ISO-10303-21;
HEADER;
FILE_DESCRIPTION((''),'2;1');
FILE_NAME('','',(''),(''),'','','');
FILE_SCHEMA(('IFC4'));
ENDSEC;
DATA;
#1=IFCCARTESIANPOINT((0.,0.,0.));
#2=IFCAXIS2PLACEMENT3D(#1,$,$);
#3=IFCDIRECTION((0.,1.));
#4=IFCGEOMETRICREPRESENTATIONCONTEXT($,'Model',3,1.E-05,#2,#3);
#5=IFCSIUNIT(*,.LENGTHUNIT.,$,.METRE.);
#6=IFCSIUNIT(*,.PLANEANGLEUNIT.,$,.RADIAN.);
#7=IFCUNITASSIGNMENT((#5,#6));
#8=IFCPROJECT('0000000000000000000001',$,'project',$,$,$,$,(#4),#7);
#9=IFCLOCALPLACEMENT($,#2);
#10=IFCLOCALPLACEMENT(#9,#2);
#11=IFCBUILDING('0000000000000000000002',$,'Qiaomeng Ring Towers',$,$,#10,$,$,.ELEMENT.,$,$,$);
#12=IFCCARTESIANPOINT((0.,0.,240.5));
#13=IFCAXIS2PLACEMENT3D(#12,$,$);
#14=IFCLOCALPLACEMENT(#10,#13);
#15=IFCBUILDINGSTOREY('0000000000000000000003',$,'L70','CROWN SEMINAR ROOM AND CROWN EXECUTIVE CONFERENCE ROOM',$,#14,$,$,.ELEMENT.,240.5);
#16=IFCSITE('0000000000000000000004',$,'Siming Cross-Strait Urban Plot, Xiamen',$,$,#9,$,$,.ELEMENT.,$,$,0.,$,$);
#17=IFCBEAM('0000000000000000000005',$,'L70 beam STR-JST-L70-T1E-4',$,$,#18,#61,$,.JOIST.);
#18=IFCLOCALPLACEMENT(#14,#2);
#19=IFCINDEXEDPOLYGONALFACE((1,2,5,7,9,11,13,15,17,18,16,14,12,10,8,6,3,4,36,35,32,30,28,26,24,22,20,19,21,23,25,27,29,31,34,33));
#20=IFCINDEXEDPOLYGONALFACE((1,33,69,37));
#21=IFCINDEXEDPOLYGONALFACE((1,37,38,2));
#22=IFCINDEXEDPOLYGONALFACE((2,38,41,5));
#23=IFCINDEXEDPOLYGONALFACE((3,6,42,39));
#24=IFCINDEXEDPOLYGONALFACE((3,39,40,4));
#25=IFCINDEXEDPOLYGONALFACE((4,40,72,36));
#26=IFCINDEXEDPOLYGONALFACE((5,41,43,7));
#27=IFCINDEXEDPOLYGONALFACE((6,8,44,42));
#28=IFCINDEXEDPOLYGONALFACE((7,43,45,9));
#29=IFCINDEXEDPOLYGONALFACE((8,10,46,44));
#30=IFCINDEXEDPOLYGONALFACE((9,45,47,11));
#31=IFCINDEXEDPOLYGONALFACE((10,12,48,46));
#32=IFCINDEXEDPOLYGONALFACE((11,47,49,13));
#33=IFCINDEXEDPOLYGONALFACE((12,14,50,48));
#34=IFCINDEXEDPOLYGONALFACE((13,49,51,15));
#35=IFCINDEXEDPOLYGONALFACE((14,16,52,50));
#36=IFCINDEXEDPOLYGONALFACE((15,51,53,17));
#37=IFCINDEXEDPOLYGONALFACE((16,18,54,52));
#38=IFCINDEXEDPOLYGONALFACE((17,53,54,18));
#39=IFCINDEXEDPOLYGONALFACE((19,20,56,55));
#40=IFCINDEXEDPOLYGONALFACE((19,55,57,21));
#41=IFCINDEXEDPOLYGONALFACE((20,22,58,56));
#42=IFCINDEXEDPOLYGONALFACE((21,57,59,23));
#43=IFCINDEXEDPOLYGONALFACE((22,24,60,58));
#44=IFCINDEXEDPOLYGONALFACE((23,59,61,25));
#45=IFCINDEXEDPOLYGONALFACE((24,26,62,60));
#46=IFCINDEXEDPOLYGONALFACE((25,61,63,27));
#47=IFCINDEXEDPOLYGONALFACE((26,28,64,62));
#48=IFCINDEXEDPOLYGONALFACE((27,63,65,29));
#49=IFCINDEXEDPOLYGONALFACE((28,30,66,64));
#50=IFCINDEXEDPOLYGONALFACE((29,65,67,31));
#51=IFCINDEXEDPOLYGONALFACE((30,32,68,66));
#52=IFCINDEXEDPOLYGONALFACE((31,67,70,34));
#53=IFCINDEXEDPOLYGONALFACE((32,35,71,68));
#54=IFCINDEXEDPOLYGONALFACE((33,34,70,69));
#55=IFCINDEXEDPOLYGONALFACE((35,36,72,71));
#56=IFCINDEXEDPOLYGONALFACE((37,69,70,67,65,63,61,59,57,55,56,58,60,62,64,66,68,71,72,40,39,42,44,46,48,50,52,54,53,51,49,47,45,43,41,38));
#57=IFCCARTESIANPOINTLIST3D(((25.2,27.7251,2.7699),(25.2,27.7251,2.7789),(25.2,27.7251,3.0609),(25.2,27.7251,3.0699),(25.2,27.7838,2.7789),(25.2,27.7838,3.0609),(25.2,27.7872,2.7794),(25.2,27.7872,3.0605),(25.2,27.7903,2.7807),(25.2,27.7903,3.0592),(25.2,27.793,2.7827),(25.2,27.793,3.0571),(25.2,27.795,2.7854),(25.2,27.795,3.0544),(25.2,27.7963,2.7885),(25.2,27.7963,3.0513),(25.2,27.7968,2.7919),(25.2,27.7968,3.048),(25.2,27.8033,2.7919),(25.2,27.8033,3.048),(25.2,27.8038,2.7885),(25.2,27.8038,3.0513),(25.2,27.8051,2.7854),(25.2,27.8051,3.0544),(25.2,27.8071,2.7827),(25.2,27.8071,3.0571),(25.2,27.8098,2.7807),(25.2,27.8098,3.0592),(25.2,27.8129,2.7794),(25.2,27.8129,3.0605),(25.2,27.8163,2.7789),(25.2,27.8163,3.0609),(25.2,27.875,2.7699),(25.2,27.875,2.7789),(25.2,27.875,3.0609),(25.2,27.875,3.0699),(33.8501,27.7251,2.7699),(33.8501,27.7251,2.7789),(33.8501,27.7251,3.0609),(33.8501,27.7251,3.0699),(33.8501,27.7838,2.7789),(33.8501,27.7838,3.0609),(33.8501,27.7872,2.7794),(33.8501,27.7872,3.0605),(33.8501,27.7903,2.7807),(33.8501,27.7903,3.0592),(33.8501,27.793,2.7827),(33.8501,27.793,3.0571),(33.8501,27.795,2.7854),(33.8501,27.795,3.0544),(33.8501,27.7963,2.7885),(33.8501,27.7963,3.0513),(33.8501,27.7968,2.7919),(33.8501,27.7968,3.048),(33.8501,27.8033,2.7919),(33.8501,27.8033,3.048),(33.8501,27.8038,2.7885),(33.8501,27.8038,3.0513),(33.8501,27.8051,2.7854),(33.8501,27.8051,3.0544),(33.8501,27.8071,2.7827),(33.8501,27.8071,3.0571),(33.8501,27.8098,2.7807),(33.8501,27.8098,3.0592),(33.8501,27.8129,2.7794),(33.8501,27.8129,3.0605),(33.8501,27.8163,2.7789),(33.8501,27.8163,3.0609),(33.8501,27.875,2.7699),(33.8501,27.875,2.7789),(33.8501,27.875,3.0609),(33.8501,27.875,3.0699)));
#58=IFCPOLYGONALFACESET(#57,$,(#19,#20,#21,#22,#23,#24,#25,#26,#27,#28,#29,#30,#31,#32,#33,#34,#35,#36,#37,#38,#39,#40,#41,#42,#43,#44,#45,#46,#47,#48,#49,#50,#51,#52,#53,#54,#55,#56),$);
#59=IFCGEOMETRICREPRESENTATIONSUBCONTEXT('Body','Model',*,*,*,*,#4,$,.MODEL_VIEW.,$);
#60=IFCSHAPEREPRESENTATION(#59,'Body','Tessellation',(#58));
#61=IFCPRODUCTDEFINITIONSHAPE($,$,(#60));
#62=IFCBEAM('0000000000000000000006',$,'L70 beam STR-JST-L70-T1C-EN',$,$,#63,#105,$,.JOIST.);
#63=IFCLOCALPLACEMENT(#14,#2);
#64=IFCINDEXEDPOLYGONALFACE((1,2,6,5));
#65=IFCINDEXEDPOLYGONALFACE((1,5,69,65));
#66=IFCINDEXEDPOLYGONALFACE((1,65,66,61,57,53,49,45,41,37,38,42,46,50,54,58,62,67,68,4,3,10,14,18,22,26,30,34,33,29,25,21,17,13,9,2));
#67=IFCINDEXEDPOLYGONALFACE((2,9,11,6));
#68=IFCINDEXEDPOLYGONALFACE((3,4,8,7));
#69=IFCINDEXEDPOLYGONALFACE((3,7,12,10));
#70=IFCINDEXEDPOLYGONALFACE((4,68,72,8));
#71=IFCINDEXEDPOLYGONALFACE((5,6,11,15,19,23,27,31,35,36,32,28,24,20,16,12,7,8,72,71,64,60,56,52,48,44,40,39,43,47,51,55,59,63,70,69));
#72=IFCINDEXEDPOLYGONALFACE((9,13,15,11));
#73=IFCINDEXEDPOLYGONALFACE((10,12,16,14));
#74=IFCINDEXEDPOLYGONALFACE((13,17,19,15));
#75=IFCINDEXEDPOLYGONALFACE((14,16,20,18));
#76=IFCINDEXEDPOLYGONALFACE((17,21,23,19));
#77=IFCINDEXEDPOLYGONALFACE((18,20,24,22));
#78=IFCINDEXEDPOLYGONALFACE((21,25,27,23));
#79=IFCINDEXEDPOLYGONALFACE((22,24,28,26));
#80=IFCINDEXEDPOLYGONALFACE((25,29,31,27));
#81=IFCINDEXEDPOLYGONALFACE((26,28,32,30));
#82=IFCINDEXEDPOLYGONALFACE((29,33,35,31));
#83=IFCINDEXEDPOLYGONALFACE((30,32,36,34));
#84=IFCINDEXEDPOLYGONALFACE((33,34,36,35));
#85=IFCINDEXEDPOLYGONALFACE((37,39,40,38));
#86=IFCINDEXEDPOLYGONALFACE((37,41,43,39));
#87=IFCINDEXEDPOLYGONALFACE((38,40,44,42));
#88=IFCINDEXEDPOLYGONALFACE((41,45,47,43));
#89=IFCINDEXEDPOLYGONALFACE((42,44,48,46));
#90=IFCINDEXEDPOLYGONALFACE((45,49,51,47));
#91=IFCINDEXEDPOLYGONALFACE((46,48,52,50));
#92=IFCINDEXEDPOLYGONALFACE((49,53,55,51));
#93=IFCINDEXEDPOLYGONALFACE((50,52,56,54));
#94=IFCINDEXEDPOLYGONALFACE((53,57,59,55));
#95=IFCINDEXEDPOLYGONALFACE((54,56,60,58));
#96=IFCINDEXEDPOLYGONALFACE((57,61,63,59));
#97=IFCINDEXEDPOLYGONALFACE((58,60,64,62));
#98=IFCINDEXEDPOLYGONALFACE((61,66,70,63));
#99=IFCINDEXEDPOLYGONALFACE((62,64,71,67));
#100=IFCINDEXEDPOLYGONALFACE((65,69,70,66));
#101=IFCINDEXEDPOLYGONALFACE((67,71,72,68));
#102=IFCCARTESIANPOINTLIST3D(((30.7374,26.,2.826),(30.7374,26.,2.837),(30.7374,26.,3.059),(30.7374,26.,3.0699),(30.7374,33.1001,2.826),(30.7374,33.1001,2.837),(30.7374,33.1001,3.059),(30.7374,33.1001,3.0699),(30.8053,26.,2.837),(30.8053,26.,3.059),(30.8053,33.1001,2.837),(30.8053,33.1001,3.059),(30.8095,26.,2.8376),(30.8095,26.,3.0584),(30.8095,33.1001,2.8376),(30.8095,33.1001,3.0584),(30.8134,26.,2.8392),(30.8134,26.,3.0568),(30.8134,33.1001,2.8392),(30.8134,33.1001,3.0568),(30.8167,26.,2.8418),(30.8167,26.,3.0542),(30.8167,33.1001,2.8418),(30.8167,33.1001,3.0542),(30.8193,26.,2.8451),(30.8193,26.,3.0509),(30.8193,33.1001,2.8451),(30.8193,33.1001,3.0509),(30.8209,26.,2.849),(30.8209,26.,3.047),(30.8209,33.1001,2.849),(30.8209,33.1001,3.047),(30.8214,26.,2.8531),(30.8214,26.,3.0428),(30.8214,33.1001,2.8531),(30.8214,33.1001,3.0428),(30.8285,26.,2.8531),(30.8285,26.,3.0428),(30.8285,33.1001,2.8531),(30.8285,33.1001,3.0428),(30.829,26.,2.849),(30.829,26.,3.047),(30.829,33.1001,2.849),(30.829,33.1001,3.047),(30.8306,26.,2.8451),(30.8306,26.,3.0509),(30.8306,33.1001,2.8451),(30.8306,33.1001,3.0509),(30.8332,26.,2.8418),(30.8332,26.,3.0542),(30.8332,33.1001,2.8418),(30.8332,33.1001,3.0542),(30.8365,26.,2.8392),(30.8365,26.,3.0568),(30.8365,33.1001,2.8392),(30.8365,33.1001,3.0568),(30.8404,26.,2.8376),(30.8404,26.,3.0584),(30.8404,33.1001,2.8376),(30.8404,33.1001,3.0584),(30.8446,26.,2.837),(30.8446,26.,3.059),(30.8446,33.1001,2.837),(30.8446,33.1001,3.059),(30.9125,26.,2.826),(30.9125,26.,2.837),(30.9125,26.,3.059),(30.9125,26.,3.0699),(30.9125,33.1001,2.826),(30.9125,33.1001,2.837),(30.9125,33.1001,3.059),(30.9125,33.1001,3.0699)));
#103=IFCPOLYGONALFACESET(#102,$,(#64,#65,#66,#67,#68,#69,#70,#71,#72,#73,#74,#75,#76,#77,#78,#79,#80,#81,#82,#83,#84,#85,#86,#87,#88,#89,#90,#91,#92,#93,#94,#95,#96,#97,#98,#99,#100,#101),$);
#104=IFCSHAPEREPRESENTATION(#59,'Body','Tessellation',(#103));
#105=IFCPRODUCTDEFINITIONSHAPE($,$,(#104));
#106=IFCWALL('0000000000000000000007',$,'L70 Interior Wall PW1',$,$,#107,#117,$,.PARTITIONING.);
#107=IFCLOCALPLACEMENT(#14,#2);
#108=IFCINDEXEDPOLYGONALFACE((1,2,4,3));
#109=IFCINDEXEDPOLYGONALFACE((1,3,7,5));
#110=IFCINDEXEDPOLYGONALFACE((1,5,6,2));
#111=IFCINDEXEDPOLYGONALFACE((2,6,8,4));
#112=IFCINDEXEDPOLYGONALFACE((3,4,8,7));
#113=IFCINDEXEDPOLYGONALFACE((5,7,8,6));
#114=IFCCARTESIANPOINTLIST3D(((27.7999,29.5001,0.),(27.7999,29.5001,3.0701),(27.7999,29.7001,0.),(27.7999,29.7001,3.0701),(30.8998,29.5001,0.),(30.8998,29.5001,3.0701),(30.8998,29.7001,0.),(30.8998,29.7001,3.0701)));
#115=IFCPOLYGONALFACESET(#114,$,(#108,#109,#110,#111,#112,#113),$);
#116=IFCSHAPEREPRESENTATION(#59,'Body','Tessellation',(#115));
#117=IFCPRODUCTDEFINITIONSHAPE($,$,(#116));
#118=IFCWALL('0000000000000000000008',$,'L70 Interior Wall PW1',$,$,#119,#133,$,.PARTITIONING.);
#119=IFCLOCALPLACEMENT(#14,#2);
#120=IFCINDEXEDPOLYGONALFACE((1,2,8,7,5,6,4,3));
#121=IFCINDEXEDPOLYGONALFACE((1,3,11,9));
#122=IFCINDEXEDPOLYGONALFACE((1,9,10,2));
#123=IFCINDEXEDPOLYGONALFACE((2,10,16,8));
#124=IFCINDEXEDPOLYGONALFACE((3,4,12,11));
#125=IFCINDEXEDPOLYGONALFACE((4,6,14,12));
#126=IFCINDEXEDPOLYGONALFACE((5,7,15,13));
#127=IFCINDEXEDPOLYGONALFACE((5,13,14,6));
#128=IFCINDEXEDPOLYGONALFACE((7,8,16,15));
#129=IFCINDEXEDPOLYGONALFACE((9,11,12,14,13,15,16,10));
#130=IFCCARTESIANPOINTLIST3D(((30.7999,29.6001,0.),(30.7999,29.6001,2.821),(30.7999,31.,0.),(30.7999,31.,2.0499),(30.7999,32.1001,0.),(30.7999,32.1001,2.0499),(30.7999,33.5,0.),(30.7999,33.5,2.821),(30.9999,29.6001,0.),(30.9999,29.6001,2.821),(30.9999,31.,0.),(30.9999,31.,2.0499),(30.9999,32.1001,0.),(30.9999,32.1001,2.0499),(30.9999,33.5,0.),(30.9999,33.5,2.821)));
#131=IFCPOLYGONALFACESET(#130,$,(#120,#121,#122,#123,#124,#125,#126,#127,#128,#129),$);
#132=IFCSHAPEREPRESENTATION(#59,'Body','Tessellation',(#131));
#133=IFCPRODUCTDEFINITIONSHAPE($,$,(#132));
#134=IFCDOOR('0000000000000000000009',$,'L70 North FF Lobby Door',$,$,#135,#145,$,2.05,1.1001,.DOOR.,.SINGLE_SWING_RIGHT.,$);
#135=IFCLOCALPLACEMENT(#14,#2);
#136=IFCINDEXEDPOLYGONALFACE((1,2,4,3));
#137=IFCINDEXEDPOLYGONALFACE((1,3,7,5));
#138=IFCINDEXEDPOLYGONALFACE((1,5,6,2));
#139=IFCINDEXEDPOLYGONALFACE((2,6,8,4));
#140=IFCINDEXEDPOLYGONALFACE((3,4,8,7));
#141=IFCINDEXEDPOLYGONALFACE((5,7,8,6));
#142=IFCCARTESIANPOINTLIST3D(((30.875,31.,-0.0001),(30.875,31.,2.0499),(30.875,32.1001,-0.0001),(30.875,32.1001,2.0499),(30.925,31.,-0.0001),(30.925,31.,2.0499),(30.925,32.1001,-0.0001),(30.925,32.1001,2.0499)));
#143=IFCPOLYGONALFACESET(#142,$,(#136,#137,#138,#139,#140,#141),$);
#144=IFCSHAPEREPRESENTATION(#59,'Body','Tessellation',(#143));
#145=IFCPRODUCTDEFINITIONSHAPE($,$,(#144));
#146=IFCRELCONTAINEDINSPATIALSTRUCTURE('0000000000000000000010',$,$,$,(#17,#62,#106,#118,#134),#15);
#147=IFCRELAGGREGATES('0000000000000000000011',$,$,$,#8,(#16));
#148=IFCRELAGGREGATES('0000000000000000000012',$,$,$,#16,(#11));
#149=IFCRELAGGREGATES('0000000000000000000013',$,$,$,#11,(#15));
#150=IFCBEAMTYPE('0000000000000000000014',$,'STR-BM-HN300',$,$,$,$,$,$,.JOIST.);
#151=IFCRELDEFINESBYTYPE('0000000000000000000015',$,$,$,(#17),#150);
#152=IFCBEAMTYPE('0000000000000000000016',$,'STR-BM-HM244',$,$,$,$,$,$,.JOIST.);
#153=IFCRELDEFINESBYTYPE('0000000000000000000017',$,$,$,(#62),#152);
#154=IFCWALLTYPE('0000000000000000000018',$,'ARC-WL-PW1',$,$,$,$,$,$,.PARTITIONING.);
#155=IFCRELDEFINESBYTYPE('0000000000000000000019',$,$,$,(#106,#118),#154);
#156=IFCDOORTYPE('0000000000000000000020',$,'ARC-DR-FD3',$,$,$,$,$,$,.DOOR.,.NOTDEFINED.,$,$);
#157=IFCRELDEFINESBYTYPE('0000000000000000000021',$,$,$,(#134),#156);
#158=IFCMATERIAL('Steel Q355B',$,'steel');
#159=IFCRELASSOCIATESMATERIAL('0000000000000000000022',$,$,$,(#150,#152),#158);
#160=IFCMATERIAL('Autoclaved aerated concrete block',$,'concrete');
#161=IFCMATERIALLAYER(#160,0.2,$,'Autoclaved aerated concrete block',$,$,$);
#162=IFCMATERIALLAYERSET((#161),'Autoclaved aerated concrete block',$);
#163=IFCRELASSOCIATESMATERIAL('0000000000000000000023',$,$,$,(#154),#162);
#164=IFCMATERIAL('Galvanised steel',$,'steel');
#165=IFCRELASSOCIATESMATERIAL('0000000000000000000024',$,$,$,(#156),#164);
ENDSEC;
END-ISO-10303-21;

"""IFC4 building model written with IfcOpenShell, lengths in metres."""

from ifc_helpers import new_model, si_unit, direction, frame, frame_2d, origin, origin_2d, place, context, subcontext, project, spatial, rectangle, i_section, extrude, source, transform, mapped, material, layer, layer_set, material_profile, profile_set, type_object, element, fill, save


model = new_model("IFC4")

# Units and contexts
model_context = context("Model", 3, precision=1e-05, world=origin(), true_north=direction((0.0, 1.0)))
body_context = subcontext(model_context, "Body", "Model", "MODEL_VIEW")
ifc_project = project(units=[si_unit("LENGTHUNIT", "METRE"), si_unit("PLANEANGLEUNIT", "RADIAN")], contexts=[model_context])

# Site, building, storey
site_placement = place(None, origin())
site = spatial("IfcSite", under=ifc_project, at=site_placement, Name="Siming Cross-Strait Urban Plot, Xiamen", CompositionType="ELEMENT", RefElevation=0.0)
building_placement = place(site_placement, origin())
building = spatial("IfcBuilding", under=site, at=building_placement, Name="Qiaomeng Ring Towers", CompositionType="ELEMENT")
storey_placement = place(building_placement, frame((0.0, 0.0, 240.5)))
storey = spatial("IfcBuildingStorey", under=building, at=storey_placement, Name="L70", Description="CROWN SEMINAR ROOM AND CROWN EXECUTIVE CONFERENCE ROOM", CompositionType="ELEMENT", Elevation=240.5)

# Beams
ifc_material_1 = material(Name="Steel Q355B", Category="steel")
ifc_material_profile_1 = material_profile(ifc_material_1, i_section(OverallWidth=0.1499, OverallDepth=0.3, WebThickness=0.0066, FlangeThickness=0.009, FilletRadius=0.0129, at=origin_2d()), Name="HN 300x150x6.5x9")
ifc_profile_set_1 = profile_set([ifc_material_profile_1], Name="Steel Q355B")
beam_type_1 = type_object("IfcBeamType", Name="STR-BM-HN300", PredefinedType="JOIST", material=ifc_profile_set_1)
shared_shape_1 = source(origin(), body_context, "Body", "SweptSolid", [
    extrude(i_section(OverallWidth=0.1499, OverallDepth=0.3, WebThickness=0.0066, FlangeThickness=0.009, FilletRadius=0.0129, at=origin_2d()), origin(), (0.0, 0.0, 1.0), 8.6501),
])
beam_1_placement = place(storey_placement, frame((25.2, 27.8, 2.9199), z_axis=(1.0, 0.0, 0.0), x_axis=(0.0, 1.0, 0.0)))
element("IfcBeam", 1, at=beam_1_placement, inside=storey, type_object=beam_type_1, Name="L70 beam STR-JST-L70-T1E-4", PredefinedType="JOIST", context=body_context, shape_type="MappedRepresentation", body=[
    mapped(shared_shape_1, transform((0.0, 0.0, 0.0), x_axis=(1.0, 0.0, 0.0), y_axis=(0.0, 1.0, 0.0), z_axis=(0.0, 0.0, 1.0), scale=1.0)),
])
ifc_material_profile_2 = material_profile(ifc_material_1, i_section(OverallWidth=0.175, OverallDepth=0.2439, WebThickness=0.0071, FlangeThickness=0.011, FilletRadius=0.0161, at=origin_2d()), Name="HM 244x175x7x11")
ifc_profile_set_2 = profile_set([ifc_material_profile_2], Name="Steel Q355B")
beam_type_2 = type_object("IfcBeamType", Name="STR-BM-HM244", PredefinedType="JOIST", material=ifc_profile_set_2)
shared_shape_2 = source(origin(), body_context, "Body", "SweptSolid", [
    extrude(i_section(OverallWidth=0.175, OverallDepth=0.2439, WebThickness=0.0071, FlangeThickness=0.011, FilletRadius=0.0161, at=origin_2d()), origin(), (0.0, 0.0, 1.0), 7.1001),
])
beam_2_placement = place(storey_placement, frame((30.825, 26.0, 2.948), z_axis=(0.0, 1.0, 0.0), x_axis=(-1.0, 0.0, 0.0)))
element("IfcBeam", 2, at=beam_2_placement, inside=storey, type_object=beam_type_2, Name="L70 beam STR-JST-L70-T1C-EN", PredefinedType="JOIST", context=body_context, shape_type="MappedRepresentation", body=[
    mapped(shared_shape_2, transform((0.0, 0.0, 0.0), x_axis=(1.0, 0.0, 0.0), y_axis=(0.0, 1.0, 0.0), z_axis=(0.0, 0.0, 1.0), scale=1.0)),
])

# Wall
ifc_material_2 = material(Name="Autoclaved aerated concrete block", Category="concrete")
ifc_layer_1 = layer(ifc_material_2, 0.2, Name="Autoclaved aerated concrete block")
ifc_layer_set_1 = layer_set([ifc_layer_1], Name="Autoclaved aerated concrete block")
wall_type_1 = type_object("IfcWallType", Name="ARC-WL-PW1", PredefinedType="PARTITIONING", material=ifc_layer_set_1)
wall_1_placement = place(storey_placement, frame((27.8, 29.6001, 0.0), z_axis=(0.0, 0.0, 1.0), x_axis=(1.0, 0.0, 0.0)))
element("IfcWall", 3, at=wall_1_placement, inside=storey, type_object=wall_type_1, Name="L70 Interior Wall PW1", PredefinedType="PARTITIONING", context=body_context, shape_type="SweptSolid", body=[
    extrude(rectangle(XDim=3.0999, YDim=0.2, at=frame_2d((1.5498, 0.0))), origin(), (0.0, 0.0, 1.0), 3.0701),
])

# Wall, opening, door
wall_2_placement = place(storey_placement, frame((30.8999, 29.6001, 0.0), z_axis=(0.0, 0.0, 1.0), x_axis=(0.0, 1.0, 0.0)))
wall_2 = element("IfcWall", 4, at=wall_2_placement, inside=storey, type_object=wall_type_1, Name="L70 Interior Wall PW1", PredefinedType="PARTITIONING", context=body_context, shape_type="SweptSolid", body=[
    extrude(rectangle(XDim=3.8999, YDim=0.2, at=frame_2d((1.95, 0.0))), origin(), (0.0, 0.0, 1.0), 2.821),
])
opening_1_placement = place(wall_2_placement, frame((1.3999, 0.0, 0.0)))
opening_1 = element("IfcOpeningElement", 5, at=opening_1_placement, cuts=wall_2, PredefinedType="OPENING", context=body_context, shape_type="SweptSolid", body=[
    extrude(rectangle(XDim=1.1001, YDim=2.05, at=frame_2d((0.55, 1.0249))), frame((0.0, 0.1099, 0.0), z_axis=(0.0, -1.0, 0.0), x_axis=(1.0, 0.0, 0.0)), (0.0, 0.0, 1.0), 0.22),
])
ifc_material_3 = material(Name="Galvanised steel", Category="steel")
door_type_1 = type_object("IfcDoorType", Name="ARC-DR-FD3", OperationType="NOTDEFINED", PredefinedType="DOOR", material=ifc_material_3)
shared_shape_3 = source(origin(), body_context, "Body", "SweptSolid", [
    extrude(rectangle(XDim=1.1001, YDim=2.05, at=frame_2d((0.55, 1.0249))), frame((0.0, 0.0249, 0.0), z_axis=(0.0, -1.0, 0.0), x_axis=(1.0, 0.0, 0.0)), (0.0, 0.0, 1.0), 0.05),
])
door_1_placement = place(opening_1_placement, origin())
door_1 = element("IfcDoor", 6, at=door_1_placement, inside=storey, type_object=door_type_1, Name="L70 North FF Lobby Door", OperationType="SINGLE_SWING_RIGHT", OverallHeight=2.05, OverallWidth=1.1001, PredefinedType="DOOR", context=body_context, shape_type="MappedRepresentation", body=[
    mapped(shared_shape_3, transform((0.0, 0.0, 0.0), x_axis=(1.0, 0.0, 0.0), y_axis=(0.0, 1.0, 0.0), z_axis=(0.0, 0.0, 1.0), scale=1.0)),
])
fill(opening_1, door_1)

save(model, "model.ifc")
